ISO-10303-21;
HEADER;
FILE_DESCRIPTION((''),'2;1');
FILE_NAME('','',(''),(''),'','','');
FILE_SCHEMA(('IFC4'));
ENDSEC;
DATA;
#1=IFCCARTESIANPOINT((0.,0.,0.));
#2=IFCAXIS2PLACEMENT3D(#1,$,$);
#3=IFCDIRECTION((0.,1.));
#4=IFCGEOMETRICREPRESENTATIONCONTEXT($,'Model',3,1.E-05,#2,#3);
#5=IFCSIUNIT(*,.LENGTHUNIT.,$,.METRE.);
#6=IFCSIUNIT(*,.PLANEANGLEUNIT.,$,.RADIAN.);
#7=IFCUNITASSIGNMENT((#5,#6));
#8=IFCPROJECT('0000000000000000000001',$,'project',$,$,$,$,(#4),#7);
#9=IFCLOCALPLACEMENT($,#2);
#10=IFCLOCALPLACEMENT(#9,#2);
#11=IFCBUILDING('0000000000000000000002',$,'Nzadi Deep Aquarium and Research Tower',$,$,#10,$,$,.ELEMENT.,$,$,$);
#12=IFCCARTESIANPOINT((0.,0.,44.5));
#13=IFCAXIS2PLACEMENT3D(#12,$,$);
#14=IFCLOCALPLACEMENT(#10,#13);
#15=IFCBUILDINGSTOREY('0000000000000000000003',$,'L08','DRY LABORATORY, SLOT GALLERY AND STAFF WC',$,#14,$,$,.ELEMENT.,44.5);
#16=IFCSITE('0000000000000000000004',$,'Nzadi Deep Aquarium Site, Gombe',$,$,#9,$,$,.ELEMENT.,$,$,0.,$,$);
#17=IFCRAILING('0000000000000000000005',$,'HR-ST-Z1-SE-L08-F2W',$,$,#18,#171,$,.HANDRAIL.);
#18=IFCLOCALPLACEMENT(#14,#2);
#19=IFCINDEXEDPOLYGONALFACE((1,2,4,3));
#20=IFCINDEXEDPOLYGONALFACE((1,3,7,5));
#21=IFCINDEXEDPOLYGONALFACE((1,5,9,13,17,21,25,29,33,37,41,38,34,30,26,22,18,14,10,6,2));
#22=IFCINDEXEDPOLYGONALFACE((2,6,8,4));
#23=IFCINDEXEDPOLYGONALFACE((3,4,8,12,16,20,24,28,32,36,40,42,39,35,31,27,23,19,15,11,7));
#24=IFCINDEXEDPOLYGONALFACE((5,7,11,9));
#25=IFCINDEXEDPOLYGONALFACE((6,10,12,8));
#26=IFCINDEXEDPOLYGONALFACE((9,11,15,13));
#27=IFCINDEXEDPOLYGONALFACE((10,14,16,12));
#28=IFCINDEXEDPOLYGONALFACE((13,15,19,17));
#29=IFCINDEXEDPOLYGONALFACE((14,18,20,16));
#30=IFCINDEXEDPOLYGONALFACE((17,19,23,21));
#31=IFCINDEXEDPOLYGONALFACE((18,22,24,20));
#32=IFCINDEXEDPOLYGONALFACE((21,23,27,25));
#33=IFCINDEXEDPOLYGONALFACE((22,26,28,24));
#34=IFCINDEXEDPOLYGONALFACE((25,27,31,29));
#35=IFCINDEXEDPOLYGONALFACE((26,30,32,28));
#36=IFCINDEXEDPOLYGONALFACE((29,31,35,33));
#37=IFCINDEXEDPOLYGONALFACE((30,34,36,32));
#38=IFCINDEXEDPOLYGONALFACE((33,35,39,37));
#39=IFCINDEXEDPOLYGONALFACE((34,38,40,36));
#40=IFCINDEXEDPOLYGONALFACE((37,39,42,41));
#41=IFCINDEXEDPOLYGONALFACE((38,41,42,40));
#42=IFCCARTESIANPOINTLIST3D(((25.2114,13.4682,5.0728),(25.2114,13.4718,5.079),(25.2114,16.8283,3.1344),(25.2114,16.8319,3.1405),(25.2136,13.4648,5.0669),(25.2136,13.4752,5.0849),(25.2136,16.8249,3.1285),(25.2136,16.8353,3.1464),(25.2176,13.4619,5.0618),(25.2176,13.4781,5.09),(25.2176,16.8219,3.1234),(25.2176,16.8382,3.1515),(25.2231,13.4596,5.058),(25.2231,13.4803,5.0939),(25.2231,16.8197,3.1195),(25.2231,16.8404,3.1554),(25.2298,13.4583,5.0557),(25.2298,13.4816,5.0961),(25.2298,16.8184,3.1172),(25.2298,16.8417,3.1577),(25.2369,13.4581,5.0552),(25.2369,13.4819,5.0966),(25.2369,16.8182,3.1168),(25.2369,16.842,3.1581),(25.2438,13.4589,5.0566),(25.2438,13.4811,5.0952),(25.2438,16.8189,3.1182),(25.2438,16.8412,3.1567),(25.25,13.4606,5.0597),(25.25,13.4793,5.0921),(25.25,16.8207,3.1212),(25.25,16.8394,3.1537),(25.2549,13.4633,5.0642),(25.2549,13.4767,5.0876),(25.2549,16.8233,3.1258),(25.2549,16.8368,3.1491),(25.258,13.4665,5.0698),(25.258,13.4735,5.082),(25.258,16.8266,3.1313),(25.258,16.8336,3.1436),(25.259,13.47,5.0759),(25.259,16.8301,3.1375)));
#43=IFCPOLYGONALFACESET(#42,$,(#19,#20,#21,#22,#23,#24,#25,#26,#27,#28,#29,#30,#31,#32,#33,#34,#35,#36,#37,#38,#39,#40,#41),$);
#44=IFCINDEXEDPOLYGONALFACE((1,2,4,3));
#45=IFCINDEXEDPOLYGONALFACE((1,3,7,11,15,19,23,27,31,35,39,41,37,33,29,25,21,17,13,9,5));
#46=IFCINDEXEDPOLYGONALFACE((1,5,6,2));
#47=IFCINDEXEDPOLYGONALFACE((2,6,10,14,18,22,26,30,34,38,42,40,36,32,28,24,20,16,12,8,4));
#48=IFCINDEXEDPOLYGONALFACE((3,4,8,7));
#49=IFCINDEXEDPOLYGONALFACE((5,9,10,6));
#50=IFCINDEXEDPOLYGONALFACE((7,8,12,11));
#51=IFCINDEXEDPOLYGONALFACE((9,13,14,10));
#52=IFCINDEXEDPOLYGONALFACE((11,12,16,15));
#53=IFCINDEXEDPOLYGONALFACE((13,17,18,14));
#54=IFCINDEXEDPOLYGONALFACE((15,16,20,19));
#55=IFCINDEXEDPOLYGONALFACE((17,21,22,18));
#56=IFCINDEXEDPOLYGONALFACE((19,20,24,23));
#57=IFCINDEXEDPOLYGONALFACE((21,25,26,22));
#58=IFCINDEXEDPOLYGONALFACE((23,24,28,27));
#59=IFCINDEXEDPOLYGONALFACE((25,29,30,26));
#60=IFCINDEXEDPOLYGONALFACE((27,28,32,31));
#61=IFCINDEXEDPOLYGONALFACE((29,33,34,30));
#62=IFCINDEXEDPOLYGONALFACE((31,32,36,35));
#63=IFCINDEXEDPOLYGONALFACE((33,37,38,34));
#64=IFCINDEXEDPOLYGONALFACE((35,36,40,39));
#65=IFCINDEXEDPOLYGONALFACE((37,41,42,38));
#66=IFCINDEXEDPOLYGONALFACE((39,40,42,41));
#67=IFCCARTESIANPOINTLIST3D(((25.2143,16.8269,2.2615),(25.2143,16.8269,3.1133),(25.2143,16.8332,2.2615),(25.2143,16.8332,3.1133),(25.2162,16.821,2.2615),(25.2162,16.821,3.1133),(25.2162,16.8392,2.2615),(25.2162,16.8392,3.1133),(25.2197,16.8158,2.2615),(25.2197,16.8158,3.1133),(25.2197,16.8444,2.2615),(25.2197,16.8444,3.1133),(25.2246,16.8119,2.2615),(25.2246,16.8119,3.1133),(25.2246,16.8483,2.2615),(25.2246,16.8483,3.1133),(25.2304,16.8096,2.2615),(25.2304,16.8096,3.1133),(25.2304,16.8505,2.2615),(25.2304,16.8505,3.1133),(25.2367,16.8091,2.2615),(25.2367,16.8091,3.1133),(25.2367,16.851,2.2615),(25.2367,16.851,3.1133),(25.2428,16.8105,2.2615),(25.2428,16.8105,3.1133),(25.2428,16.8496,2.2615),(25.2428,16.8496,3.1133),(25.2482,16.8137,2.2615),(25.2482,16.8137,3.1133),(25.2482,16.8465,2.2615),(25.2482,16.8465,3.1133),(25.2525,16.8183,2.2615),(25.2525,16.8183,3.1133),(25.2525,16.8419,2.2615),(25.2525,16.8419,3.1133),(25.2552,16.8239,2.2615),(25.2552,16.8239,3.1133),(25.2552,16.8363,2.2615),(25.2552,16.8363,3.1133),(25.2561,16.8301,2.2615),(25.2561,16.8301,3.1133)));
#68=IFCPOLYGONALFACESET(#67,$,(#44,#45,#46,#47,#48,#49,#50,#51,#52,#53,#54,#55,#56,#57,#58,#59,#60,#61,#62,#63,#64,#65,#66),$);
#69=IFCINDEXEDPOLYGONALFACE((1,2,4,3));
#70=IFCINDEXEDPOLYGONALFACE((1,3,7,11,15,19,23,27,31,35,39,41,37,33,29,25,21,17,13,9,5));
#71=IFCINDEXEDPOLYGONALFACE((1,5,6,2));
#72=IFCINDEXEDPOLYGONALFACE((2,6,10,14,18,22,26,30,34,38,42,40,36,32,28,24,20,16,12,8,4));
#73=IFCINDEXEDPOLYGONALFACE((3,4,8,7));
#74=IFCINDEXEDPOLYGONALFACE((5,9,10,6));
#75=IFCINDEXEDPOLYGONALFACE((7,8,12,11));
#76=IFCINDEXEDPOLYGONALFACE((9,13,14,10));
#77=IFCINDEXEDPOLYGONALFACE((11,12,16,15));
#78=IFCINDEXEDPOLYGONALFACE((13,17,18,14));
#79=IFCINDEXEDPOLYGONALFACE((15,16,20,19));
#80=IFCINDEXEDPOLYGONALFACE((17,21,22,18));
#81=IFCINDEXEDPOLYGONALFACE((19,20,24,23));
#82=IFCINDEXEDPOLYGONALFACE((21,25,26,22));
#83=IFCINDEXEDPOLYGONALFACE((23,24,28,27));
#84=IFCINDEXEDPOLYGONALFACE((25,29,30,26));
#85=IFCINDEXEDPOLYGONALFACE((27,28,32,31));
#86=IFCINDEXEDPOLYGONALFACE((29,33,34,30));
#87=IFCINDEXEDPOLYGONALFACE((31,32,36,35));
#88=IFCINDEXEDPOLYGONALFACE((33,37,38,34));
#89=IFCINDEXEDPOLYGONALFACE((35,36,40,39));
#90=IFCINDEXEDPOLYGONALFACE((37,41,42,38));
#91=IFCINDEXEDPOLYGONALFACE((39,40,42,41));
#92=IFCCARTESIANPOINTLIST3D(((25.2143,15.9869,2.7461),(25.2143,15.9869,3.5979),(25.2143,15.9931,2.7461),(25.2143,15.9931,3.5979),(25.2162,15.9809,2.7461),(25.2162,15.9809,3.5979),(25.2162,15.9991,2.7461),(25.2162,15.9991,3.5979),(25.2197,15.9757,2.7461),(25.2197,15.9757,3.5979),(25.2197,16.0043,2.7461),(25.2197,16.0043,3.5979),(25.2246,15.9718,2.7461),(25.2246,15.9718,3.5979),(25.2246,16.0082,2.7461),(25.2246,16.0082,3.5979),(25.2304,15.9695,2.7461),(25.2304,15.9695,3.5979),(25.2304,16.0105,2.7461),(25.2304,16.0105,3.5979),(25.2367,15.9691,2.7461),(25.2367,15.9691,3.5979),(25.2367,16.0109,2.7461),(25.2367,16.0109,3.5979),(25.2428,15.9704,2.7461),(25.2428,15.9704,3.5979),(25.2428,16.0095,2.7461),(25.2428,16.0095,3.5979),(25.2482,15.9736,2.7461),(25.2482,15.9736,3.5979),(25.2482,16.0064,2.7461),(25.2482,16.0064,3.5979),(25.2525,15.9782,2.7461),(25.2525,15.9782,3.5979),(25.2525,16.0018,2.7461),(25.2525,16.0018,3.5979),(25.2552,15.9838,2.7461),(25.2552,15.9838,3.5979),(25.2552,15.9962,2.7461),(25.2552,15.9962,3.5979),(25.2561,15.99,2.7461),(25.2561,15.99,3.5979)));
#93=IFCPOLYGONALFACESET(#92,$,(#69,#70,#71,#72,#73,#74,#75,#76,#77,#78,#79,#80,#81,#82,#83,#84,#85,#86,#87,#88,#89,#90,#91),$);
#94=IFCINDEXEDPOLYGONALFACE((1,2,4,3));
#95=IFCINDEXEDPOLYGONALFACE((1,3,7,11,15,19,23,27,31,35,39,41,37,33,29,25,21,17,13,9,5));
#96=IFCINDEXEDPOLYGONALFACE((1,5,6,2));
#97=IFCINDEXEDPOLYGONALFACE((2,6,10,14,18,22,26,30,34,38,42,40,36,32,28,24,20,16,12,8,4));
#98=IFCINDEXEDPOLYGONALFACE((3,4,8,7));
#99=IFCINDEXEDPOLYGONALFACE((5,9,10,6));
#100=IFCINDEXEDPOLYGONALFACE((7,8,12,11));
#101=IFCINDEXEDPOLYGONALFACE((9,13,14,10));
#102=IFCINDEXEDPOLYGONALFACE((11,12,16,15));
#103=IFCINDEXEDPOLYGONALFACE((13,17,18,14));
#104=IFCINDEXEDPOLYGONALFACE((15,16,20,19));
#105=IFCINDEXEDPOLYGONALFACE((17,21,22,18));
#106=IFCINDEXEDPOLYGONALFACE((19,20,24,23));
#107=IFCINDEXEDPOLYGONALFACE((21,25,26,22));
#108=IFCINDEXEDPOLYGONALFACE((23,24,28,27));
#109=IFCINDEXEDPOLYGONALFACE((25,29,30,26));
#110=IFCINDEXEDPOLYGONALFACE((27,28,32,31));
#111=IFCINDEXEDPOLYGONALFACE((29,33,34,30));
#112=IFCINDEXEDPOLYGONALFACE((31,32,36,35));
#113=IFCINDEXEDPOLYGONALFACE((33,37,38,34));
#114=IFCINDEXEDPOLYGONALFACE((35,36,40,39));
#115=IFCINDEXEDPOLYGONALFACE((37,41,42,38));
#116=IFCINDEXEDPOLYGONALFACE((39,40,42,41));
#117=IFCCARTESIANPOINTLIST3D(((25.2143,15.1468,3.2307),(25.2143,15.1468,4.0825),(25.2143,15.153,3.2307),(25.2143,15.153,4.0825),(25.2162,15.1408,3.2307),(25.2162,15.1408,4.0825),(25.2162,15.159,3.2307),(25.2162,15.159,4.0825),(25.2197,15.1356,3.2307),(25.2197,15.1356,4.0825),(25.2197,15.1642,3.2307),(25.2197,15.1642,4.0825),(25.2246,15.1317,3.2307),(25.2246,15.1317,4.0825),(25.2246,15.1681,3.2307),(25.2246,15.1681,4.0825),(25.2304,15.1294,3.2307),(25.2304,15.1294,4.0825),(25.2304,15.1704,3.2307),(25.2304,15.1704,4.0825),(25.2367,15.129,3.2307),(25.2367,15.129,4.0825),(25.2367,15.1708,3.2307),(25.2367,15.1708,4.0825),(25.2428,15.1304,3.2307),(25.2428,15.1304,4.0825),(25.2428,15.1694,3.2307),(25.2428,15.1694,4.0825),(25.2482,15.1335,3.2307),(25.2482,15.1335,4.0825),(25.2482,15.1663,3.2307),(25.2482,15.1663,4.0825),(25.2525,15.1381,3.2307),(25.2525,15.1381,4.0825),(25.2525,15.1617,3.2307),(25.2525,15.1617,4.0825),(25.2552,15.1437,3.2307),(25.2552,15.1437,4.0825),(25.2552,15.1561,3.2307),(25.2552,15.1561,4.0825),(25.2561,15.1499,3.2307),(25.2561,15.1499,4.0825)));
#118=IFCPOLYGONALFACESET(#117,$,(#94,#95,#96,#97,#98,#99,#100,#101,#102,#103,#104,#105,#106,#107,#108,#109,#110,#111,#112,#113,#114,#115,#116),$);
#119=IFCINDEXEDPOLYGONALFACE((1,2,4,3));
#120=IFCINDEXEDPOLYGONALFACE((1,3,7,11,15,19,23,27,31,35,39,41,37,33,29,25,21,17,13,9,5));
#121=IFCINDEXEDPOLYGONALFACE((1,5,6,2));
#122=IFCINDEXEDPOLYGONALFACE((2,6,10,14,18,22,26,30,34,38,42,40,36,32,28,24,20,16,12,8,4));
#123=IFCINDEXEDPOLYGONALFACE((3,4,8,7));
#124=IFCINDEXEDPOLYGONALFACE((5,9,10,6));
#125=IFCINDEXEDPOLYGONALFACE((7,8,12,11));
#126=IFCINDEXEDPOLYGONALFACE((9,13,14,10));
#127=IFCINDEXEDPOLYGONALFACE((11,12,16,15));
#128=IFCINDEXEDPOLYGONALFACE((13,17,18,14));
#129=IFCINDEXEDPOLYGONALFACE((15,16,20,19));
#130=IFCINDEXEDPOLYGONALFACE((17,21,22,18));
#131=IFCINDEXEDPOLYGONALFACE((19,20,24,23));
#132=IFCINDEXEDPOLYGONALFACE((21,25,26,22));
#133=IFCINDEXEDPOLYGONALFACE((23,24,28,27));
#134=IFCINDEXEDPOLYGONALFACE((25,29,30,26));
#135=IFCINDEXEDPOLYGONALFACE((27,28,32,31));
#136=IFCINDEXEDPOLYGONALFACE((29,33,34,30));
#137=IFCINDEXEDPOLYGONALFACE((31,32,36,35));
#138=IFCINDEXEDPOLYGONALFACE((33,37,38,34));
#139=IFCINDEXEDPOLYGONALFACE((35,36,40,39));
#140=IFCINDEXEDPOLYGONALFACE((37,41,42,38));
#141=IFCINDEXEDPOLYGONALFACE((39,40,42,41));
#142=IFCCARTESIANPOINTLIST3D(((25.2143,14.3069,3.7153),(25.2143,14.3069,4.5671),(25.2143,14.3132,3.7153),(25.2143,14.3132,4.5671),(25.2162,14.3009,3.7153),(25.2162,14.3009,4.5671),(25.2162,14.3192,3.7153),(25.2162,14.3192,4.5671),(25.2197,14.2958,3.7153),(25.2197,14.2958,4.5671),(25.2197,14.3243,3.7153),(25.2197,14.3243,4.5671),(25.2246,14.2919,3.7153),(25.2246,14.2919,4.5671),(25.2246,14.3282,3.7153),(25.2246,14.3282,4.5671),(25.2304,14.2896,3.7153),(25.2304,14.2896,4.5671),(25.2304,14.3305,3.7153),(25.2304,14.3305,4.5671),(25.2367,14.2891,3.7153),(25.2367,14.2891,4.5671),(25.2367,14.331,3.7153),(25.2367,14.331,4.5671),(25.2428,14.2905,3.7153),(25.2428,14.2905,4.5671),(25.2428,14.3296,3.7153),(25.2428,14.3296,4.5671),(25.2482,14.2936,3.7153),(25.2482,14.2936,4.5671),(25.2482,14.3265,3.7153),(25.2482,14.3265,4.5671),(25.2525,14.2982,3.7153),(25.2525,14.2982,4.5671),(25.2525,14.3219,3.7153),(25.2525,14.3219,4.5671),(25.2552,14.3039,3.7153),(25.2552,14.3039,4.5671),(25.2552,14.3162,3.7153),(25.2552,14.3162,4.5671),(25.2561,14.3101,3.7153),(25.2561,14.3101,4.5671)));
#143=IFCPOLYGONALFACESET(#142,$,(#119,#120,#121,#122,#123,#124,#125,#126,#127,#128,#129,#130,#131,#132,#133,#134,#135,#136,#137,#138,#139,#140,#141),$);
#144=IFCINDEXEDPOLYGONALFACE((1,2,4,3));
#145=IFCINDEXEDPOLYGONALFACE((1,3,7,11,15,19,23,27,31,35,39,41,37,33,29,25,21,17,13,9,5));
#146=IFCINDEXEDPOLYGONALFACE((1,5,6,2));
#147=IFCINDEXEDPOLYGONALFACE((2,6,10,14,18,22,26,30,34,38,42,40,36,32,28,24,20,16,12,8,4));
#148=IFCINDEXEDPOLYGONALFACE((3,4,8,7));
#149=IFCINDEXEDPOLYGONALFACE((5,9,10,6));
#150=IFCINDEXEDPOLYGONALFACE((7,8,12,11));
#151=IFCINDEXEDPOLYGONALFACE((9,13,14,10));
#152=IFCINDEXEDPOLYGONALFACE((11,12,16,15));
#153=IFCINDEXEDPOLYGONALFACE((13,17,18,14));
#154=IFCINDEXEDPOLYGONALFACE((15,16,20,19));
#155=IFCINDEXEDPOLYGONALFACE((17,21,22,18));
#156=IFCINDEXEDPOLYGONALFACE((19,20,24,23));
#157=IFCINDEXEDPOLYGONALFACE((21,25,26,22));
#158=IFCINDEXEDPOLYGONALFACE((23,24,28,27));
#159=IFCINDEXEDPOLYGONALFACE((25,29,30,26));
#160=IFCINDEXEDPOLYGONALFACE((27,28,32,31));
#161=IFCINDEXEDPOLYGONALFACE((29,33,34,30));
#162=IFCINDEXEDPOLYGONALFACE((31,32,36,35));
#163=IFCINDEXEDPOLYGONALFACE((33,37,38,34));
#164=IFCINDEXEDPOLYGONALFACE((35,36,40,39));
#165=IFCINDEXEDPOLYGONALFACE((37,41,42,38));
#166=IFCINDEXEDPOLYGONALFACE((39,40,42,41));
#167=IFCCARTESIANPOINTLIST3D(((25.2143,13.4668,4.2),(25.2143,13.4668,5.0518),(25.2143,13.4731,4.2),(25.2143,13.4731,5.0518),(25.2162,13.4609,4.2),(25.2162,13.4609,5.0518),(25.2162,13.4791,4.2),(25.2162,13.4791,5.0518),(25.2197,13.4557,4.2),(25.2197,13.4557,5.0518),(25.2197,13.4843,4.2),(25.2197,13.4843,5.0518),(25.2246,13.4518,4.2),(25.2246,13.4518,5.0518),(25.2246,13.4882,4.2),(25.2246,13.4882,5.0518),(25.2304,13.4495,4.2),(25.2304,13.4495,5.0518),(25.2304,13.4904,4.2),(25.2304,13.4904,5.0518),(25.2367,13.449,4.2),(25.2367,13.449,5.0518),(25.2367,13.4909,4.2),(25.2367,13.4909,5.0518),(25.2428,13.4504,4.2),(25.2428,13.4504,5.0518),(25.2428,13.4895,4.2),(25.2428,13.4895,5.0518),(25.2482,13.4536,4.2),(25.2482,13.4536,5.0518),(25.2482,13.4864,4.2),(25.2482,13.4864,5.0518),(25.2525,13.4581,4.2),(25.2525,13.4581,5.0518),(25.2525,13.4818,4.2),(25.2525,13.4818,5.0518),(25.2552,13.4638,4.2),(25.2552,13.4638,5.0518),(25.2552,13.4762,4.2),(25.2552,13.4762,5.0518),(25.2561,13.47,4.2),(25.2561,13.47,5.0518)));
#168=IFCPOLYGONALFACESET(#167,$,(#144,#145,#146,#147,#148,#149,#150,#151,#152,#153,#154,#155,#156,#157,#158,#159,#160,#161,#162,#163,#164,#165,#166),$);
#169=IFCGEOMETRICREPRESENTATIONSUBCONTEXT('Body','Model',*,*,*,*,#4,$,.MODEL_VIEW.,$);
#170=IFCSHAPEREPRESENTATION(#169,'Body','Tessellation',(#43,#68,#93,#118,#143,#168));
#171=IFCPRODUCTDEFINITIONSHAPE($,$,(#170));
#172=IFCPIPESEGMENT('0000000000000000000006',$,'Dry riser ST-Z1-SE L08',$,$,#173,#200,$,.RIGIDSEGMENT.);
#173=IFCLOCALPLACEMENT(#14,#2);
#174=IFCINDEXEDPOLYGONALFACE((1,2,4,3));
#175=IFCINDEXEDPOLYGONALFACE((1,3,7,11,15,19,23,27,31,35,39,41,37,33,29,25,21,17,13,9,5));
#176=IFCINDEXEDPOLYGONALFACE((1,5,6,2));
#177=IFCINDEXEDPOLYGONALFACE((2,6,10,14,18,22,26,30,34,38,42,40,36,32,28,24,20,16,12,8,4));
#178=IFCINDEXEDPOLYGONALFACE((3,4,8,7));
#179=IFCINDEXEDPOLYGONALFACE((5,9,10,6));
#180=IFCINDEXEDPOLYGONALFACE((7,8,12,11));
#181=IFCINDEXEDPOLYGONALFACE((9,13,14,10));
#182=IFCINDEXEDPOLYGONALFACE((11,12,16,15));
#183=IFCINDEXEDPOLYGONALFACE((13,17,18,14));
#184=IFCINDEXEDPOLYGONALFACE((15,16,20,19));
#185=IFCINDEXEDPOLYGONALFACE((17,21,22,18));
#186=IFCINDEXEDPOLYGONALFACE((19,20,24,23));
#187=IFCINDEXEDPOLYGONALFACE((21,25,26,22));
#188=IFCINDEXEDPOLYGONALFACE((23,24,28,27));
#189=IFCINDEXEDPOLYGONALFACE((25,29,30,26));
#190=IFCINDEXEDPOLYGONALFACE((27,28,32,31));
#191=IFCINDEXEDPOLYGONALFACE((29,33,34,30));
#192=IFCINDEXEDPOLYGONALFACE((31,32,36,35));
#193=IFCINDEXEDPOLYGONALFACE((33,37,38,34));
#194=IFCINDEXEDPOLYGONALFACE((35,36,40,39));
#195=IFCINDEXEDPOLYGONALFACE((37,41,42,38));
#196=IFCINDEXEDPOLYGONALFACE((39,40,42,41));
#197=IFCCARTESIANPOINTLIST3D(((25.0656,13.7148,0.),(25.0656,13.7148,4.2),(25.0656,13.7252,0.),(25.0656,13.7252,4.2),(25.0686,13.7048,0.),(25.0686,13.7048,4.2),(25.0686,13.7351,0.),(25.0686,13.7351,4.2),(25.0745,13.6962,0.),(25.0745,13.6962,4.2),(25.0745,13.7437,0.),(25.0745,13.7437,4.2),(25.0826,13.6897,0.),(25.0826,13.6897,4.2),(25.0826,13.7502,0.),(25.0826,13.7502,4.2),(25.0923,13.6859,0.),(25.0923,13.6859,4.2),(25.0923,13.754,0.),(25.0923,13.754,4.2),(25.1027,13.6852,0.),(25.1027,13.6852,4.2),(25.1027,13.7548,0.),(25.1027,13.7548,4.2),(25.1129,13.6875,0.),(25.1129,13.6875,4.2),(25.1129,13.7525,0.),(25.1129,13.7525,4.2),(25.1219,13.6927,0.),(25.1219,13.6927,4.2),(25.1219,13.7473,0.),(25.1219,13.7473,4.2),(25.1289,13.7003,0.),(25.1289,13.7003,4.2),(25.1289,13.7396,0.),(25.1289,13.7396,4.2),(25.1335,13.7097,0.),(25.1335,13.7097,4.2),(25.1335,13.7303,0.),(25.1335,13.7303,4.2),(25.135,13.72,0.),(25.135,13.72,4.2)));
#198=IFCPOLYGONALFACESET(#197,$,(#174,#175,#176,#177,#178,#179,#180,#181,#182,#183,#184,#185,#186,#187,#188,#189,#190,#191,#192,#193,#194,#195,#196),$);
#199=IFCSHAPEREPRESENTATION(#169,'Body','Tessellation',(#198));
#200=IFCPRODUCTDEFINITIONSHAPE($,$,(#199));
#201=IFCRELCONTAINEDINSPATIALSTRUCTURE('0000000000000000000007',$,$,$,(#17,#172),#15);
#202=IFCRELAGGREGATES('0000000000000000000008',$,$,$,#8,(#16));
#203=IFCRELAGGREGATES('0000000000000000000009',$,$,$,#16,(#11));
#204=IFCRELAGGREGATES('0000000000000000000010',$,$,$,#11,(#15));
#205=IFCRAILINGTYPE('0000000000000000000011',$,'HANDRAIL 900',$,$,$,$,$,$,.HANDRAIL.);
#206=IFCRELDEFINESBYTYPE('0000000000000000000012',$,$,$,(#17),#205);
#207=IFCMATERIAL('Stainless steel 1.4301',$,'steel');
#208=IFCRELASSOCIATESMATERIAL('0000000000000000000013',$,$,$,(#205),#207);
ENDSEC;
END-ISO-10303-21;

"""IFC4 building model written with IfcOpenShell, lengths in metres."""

from ifc_helpers import new_model, si_unit, direction, frame, origin, origin_2d, place, context, subcontext, project, spatial, circle, extrude, material, type_object, element, save


model = new_model("IFC4")

# Units and contexts
model_context = context("Model", 3, precision=1e-05, world=origin(), true_north=direction((0.0, 1.0)))
body_context = subcontext(model_context, "Body", "Model", "MODEL_VIEW")
ifc_project = project(units=[si_unit("LENGTHUNIT", "METRE"), si_unit("PLANEANGLEUNIT", "RADIAN")], contexts=[model_context])

# Site, building, storey
site_placement = place(None, origin())
site = spatial("IfcSite", under=ifc_project, at=site_placement, Name="Nzadi Deep Aquarium Site, Gombe", CompositionType="ELEMENT", RefElevation=0.0)
building_placement = place(site_placement, origin())
building = spatial("IfcBuilding", under=site, at=building_placement, Name="Nzadi Deep Aquarium and Research Tower", CompositionType="ELEMENT")
storey_placement = place(building_placement, frame((0.0, 0.0, 44.5)))
storey = spatial("IfcBuildingStorey", under=building, at=storey_placement, Name="L08", Description="DRY LABORATORY, SLOT GALLERY AND STAFF WC", CompositionType="ELEMENT", Elevation=44.5)

# Railing
ifc_material_1 = material(Name="Stainless steel 1.4301", Category="steel")
railing_type = type_object("IfcRailingType", Name="HANDRAIL 900", PredefinedType="HANDRAIL", material=ifc_material_1)
for number, where, name in (
    (1, (25.2351, 16.8301, 2.2615), "HR-ST-Z1-SE-L08-F2W"),
):
    element("IfcRailing", number, at=place(storey_placement, frame(where)), inside=storey, type_object=railing_type, Name=name, PredefinedType="HANDRAIL", context=body_context, shape_type="SweptSolid", body=[
        extrude(circle(Radius=0.0239, at=origin_2d()), frame((0.0, 0.0, 0.876), z_axis=(0.0, -0.866191, 0.499713), x_axis=(1.0, 0.0, 0.0)), (0.0, 0.0, 1.0), 3.8792),
        extrude(circle(Radius=0.021, at=origin_2d()), origin(), (0.0, 0.0, 1.0), 0.8518),
        extrude(circle(Radius=0.021, at=origin_2d()), frame((0.0, -0.8401, 0.4846)), (0.0, 0.0, 1.0), 0.8518),
        extrude(circle(Radius=0.021, at=origin_2d()), frame((0.0, -1.6802, 0.9692)), (0.0, 0.0, 1.0), 0.8518),
        extrude(circle(Radius=0.021, at=origin_2d()), frame((0.0, -2.52, 1.4539)), (0.0, 0.0, 1.0), 0.8518),
        extrude(circle(Radius=0.021, at=origin_2d()), frame((0.0, -3.3601, 1.9385)), (0.0, 0.0, 1.0), 0.8518),
    ])

# Pipe segment
pipe_segment_placement = place(storey_placement, frame((25.1001, 13.72, 0.0), z_axis=(0.0, 0.0, 1.0), x_axis=(1.0, 0.0, 0.0)))
element("IfcPipeSegment", 2, at=pipe_segment_placement, inside=storey, Name="Dry riser ST-Z1-SE L08", PredefinedType="RIGIDSEGMENT", context=body_context, shape_type="SweptSolid", body=[
    extrude(circle(Radius=0.0349, at=origin_2d()), origin(), (0.0, 0.0, 1.0), 4.2),
])

save(model, "model.ifc")
